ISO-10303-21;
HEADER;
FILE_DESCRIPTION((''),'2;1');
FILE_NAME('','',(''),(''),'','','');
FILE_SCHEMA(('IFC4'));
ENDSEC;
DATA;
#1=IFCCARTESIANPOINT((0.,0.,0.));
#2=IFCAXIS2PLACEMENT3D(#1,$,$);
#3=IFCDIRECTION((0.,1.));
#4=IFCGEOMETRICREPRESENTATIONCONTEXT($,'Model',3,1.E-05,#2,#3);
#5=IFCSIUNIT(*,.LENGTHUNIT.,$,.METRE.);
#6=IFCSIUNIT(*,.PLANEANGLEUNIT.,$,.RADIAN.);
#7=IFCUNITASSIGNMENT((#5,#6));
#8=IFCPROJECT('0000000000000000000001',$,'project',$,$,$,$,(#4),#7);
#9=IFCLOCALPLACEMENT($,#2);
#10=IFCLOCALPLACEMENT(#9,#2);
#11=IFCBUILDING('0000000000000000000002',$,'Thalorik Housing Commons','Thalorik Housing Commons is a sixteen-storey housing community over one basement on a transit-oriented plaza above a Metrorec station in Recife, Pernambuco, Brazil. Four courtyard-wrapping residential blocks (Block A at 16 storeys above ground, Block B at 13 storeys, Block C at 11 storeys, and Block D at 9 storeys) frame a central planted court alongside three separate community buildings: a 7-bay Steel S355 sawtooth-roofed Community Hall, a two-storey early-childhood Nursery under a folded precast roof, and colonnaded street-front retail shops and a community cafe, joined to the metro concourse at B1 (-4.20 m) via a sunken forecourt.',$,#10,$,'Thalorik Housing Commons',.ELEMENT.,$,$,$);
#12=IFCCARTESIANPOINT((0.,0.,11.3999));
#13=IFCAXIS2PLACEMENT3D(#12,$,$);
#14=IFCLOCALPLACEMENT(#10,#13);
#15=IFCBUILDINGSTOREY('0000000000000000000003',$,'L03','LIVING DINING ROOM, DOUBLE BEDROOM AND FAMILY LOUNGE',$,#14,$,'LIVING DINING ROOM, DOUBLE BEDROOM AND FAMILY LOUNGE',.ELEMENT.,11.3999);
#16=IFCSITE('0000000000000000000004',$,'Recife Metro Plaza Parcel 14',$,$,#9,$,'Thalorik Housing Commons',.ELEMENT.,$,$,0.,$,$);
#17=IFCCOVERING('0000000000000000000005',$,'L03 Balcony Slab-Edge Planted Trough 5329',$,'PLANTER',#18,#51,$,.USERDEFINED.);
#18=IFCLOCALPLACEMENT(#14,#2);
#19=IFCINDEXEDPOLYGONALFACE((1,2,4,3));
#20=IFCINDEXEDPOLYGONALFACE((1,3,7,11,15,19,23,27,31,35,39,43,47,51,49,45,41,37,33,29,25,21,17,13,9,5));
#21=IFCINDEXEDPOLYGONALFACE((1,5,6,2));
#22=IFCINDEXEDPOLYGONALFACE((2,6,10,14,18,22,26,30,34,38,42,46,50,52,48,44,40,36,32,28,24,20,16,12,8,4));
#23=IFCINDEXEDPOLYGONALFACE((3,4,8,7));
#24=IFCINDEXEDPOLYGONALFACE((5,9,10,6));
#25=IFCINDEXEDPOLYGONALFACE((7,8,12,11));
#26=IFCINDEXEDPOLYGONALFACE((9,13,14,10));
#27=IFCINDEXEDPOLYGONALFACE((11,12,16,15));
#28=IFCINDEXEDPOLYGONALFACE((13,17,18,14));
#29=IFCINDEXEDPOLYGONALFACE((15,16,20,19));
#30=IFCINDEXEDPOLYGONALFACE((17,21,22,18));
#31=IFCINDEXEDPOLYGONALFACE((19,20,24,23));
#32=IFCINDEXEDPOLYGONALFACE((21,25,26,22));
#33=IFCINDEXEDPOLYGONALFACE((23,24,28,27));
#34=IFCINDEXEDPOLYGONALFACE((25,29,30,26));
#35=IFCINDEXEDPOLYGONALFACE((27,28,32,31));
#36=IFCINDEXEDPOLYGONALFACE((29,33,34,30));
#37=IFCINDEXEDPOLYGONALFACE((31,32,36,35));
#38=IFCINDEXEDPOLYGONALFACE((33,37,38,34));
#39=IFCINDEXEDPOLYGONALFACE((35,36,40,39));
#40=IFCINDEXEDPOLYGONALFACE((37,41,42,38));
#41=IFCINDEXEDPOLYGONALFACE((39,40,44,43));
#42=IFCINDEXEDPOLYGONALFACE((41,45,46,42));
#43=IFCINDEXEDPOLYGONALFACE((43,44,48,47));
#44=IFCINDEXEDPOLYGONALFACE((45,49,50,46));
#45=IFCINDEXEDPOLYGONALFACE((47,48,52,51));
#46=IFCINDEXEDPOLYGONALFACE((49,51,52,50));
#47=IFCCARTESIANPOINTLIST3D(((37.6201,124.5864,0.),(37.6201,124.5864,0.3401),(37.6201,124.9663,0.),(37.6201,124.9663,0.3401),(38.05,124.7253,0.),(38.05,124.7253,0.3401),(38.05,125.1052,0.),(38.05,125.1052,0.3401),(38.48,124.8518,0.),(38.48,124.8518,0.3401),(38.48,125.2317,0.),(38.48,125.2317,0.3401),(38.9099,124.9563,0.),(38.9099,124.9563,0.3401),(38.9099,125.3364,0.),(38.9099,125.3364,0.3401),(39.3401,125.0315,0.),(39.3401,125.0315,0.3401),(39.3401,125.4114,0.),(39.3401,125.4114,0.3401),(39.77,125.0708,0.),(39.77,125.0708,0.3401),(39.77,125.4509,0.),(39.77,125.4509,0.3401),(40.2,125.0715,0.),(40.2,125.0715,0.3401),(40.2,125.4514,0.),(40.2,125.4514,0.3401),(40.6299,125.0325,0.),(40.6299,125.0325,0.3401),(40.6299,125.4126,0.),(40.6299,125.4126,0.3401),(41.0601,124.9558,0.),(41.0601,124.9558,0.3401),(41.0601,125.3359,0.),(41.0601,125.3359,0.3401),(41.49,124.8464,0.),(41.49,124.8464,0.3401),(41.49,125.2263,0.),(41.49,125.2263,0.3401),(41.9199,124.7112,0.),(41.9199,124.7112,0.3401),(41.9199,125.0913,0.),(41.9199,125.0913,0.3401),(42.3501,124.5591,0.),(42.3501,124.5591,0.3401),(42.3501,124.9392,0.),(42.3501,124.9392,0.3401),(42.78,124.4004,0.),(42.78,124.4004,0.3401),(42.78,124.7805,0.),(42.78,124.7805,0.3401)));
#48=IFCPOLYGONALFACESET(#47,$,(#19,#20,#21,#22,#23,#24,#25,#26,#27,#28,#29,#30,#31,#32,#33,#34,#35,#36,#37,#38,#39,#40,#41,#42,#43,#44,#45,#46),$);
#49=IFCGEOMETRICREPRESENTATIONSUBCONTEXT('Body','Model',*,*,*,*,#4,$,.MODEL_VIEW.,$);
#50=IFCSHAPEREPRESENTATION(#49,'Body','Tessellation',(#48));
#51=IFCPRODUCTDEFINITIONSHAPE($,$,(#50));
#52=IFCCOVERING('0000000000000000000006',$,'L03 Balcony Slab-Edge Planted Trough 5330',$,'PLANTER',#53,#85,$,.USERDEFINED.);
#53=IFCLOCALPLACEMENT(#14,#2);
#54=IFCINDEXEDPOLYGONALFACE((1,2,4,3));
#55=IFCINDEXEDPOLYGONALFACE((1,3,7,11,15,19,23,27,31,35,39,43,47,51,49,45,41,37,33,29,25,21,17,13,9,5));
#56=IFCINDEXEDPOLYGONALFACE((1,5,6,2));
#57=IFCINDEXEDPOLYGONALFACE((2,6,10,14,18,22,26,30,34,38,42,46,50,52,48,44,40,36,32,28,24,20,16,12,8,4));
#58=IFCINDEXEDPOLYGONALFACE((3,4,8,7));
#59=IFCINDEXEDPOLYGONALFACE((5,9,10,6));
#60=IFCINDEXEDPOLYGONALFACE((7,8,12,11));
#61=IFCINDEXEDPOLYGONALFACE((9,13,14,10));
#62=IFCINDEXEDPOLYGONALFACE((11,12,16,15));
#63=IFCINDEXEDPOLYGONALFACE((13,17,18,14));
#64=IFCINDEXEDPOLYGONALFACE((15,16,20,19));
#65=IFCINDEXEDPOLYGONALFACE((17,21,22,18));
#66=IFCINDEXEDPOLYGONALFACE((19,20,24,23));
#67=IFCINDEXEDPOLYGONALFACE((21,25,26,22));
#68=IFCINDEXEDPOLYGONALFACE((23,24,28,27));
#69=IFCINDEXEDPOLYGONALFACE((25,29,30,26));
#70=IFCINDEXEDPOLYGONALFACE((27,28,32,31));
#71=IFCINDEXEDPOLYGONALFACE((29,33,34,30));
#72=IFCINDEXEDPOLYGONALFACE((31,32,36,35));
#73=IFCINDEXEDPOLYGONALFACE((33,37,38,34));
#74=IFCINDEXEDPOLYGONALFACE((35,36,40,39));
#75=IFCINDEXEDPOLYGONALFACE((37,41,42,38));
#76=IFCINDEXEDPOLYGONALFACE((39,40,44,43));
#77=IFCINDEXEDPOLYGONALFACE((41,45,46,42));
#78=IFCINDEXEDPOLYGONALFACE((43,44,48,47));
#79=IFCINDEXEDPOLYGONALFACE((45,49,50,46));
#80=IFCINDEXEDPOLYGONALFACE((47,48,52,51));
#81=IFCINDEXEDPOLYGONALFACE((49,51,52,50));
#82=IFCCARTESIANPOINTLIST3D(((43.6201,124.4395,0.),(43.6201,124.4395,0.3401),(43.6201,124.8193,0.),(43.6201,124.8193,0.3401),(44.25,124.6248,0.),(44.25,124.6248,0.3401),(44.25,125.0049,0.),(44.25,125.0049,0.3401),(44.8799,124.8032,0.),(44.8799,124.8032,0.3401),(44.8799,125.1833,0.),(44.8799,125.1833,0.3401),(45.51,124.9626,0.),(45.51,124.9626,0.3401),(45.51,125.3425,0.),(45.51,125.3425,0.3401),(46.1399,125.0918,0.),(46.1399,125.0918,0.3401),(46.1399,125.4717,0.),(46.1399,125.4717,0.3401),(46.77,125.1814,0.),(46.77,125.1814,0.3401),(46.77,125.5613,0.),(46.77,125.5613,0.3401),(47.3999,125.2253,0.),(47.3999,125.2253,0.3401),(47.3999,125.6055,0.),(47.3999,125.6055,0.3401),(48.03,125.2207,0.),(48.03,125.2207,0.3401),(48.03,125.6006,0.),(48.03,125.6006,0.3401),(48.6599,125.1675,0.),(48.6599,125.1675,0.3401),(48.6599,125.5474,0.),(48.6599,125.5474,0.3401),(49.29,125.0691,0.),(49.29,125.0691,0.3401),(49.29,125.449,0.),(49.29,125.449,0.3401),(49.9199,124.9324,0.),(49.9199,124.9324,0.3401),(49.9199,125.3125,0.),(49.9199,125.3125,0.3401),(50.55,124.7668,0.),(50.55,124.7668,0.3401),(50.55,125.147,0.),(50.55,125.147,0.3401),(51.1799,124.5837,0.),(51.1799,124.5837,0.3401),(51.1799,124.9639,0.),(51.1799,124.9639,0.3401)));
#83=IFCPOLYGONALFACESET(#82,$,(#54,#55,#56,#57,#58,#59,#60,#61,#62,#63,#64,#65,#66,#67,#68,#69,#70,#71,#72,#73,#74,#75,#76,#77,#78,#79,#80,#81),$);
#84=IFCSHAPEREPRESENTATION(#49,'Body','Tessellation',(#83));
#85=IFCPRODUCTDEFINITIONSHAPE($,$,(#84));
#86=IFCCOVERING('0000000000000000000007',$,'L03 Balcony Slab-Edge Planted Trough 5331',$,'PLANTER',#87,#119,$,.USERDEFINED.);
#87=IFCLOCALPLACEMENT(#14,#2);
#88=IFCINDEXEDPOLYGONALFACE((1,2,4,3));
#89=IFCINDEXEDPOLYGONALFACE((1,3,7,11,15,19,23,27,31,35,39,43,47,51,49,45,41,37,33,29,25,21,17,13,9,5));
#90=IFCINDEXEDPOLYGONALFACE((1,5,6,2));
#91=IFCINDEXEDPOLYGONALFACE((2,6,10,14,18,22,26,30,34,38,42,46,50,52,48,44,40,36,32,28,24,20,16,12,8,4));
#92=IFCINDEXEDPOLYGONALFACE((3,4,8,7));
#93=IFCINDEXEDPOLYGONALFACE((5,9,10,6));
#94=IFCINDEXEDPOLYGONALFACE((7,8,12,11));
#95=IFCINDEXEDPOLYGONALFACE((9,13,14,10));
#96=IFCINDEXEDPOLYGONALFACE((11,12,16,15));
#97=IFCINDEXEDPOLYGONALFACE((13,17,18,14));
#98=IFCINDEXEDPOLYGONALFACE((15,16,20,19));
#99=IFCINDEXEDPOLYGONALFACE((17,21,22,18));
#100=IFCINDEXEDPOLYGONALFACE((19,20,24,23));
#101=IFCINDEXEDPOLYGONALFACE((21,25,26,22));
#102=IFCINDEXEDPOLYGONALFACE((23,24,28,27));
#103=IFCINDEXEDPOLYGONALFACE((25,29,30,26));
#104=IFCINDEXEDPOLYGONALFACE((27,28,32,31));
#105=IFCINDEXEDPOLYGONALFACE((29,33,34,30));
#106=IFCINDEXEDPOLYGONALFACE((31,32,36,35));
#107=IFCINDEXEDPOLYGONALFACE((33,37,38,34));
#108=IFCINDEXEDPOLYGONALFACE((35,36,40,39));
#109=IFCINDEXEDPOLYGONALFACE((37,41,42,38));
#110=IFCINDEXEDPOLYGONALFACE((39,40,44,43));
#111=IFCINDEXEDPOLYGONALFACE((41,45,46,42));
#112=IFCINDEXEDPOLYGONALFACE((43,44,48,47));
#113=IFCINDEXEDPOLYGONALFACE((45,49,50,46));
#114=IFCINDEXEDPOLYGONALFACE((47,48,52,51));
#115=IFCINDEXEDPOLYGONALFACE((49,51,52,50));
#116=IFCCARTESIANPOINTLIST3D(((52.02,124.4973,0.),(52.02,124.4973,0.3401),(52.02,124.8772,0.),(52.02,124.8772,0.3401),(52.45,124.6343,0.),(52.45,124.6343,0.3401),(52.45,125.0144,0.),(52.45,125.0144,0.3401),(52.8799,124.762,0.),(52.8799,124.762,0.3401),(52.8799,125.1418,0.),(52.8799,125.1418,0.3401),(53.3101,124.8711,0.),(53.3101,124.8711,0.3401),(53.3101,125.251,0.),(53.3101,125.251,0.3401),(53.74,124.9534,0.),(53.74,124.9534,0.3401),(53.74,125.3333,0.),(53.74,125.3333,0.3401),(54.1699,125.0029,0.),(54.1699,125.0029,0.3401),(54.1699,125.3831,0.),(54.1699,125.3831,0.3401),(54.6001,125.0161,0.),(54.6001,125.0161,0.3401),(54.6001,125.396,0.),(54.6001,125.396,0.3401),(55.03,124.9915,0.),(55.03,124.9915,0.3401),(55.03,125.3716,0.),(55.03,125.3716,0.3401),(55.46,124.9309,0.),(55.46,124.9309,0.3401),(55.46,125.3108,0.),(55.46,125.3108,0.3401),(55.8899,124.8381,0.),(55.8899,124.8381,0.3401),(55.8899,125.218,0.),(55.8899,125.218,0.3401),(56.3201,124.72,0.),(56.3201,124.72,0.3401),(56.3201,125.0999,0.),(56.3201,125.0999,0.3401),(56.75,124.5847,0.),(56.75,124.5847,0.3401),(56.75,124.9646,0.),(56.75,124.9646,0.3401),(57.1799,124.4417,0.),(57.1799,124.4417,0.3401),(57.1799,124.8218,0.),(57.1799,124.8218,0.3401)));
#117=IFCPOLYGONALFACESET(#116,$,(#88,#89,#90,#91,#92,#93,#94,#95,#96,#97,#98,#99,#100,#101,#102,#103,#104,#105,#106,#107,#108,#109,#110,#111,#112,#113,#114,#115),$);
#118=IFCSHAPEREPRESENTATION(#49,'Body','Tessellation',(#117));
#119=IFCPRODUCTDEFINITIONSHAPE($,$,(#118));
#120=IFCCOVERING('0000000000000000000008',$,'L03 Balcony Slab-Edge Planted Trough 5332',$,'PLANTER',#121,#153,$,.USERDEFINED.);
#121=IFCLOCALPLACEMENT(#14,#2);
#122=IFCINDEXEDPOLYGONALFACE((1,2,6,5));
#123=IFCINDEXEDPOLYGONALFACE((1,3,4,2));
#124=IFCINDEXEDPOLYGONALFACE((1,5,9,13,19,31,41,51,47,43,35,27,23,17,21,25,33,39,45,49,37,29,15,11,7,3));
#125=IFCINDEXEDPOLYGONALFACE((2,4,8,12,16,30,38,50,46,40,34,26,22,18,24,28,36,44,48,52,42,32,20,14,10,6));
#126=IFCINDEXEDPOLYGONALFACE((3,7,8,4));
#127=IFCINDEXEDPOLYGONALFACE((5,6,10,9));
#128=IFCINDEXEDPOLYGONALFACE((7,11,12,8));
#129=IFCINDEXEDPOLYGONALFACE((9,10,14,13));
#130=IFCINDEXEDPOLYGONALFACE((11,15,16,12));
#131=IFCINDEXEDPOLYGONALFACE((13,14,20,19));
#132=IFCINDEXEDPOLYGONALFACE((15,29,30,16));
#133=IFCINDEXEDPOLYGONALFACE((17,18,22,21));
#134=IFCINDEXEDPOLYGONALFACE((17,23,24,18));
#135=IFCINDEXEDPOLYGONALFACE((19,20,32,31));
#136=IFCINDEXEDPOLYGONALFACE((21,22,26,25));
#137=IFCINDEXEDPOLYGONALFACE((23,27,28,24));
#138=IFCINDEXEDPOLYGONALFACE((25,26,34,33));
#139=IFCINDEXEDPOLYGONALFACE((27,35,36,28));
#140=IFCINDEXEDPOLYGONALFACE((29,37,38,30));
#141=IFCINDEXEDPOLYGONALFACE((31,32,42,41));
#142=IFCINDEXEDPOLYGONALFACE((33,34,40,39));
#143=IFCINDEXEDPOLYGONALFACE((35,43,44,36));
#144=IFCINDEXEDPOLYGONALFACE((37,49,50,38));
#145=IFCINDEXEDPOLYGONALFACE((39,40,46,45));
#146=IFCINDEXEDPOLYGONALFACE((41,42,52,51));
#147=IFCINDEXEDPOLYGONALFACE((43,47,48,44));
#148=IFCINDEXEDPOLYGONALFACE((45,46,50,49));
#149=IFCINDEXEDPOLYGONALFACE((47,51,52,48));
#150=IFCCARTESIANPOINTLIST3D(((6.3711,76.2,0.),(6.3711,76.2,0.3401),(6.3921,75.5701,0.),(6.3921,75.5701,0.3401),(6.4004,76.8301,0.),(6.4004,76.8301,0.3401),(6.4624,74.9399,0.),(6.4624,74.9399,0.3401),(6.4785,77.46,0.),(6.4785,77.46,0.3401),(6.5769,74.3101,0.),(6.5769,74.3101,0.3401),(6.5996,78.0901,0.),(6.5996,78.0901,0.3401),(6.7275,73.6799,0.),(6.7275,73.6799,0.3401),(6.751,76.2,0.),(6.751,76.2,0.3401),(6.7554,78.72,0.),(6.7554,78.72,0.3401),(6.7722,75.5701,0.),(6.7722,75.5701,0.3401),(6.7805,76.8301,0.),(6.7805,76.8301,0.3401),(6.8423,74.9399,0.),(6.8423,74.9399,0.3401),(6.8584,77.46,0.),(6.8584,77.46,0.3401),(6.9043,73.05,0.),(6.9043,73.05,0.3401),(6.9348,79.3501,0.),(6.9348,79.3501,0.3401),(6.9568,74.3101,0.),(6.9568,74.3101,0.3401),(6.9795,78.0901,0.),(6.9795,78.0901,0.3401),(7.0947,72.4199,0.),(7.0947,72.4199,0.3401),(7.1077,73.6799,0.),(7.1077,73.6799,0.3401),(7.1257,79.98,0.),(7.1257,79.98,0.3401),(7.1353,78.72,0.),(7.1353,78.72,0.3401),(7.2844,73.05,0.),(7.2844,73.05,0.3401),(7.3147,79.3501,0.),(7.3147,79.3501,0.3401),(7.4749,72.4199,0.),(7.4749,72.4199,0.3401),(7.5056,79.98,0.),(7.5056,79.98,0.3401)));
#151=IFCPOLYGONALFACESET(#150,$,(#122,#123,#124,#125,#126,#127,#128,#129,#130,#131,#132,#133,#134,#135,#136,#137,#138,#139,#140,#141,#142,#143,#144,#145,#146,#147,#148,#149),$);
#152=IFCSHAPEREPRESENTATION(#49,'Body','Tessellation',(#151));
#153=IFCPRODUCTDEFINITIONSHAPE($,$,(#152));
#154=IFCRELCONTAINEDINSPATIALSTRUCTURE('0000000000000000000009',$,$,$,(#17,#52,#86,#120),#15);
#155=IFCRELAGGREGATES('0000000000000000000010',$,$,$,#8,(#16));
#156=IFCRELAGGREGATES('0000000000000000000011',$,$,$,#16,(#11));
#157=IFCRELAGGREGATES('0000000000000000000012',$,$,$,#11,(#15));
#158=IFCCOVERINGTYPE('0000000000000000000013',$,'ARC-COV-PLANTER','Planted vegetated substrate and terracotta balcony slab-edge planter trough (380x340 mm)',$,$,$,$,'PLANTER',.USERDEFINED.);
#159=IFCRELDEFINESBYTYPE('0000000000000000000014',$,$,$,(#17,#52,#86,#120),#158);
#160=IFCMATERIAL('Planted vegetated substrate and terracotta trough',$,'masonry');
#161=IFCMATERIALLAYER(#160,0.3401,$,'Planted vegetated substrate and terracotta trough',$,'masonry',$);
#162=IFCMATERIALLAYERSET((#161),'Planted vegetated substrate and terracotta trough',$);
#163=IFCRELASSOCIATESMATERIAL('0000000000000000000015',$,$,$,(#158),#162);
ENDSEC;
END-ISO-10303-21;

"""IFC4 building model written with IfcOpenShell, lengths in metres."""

from ifc_helpers import new_model, si_unit, direction, frame, origin, place, context, subcontext, project, spatial, polyline, outline, extrude, material, layer, layer_set, type_object, element, save


model = new_model("IFC4")

# Units and contexts
model_context = context("Model", 3, precision=1e-05, world=origin(), true_north=direction((0.0, 1.0)))
body_context = subcontext(model_context, "Body", "Model", "MODEL_VIEW")
ifc_project = project(units=[si_unit("LENGTHUNIT", "METRE"), si_unit("PLANEANGLEUNIT", "RADIAN")], contexts=[model_context])

# Site, building, storey
site_placement = place(None, origin())
site = spatial("IfcSite", under=ifc_project, at=site_placement, Name="Recife Metro Plaza Parcel 14", LongName="Thalorik Housing Commons", CompositionType="ELEMENT", RefElevation=0.0)
building_placement = place(site_placement, origin())
building = spatial("IfcBuilding", under=site, at=building_placement, Name="Thalorik Housing Commons", Description="Thalorik Housing Commons is a sixteen-storey housing community over one basement on a transit-oriented plaza above a Metrorec station in Recife, Pernambuco, Brazil. Four courtyard-wrapping residential blocks (Block A at 16 storeys above ground, Block B at 13 storeys, Block C at 11 storeys, and Block D at 9 storeys) frame a central planted court alongside three separate community buildings: a 7-bay Steel S355 sawtooth-roofed Community Hall, a two-storey early-childhood Nursery under a folded precast roof, and colonnaded street-front retail shops and a community cafe, joined to the metro concourse at B1 (-4.20 m) via a sunken forecourt.", LongName="Thalorik Housing Commons", CompositionType="ELEMENT")
storey_placement = place(building_placement, frame((0.0, 0.0, 11.3999)))
storey = spatial("IfcBuildingStorey", under=building, at=storey_placement, Name="L03", Description="LIVING DINING ROOM, DOUBLE BEDROOM AND FAMILY LOUNGE", LongName="LIVING DINING ROOM, DOUBLE BEDROOM AND FAMILY LOUNGE", CompositionType="ELEMENT", Elevation=11.3999)

# Coverings
ifc_material = material(Name="Planted vegetated substrate and terracotta trough", Category="masonry")
ifc_layer = layer(ifc_material, 0.3401, Name="Planted vegetated substrate and terracotta trough", Category="masonry")
ifc_layer_set = layer_set([ifc_layer], Name="Planted vegetated substrate and terracotta trough")
covering_type = type_object("IfcCoveringType", Name="ARC-COV-PLANTER", Description="Planted vegetated substrate and terracotta balcony slab-edge planter trough (380x340 mm)", ElementType="PLANTER", PredefinedType="USERDEFINED", material=ifc_layer_set)
covering_1_placement = place(storey_placement, origin())
element("IfcCovering", 1, at=covering_1_placement, inside=storey, type_object=covering_type, Name="L03 Balcony Slab-Edge Planted Trough 5329", ObjectType="PLANTER", PredefinedType="USERDEFINED", context=body_context, shape_type="SweptSolid", body=[
    extrude(outline(polyline([(42.78, 124.7805), (42.3501, 124.9392), (41.9199, 125.0913), (41.49, 125.2263), (41.0601, 125.3359), (40.6299, 125.4126), (40.2, 125.4514), (39.77, 125.4509), (39.3401, 125.4114), (38.9099, 125.3364), (38.48, 125.2317), (38.05, 125.1052), (37.6201, 124.9663), (37.6201, 124.5864), (38.05, 124.7253), (38.48, 124.8518), (38.9099, 124.9563), (39.3401, 125.0315), (39.77, 125.0708), (40.2, 125.0715), (40.6299, 125.0325), (41.0601, 124.9558), (41.49, 124.8464), (41.9199, 124.7112), (42.3501, 124.5591), (42.78, 124.4004), (42.78, 124.7805)])), origin(), (0.0, 0.0, 1.0), 0.3401),
])
covering_2_placement = place(storey_placement, origin())
element("IfcCovering", 2, at=covering_2_placement, inside=storey, type_object=covering_type, Name="L03 Balcony Slab-Edge Planted Trough 5330", ObjectType="PLANTER", PredefinedType="USERDEFINED", context=body_context, shape_type="SweptSolid", body=[
    extrude(outline(polyline([(51.1799, 124.9639), (50.55, 125.147), (49.9199, 125.3125), (49.29, 125.449), (48.6599, 125.5474), (48.03, 125.6006), (47.3999, 125.6055), (46.77, 125.5613), (46.1399, 125.4717), (45.51, 125.3425), (44.8799, 125.1833), (44.25, 125.0049), (43.6201, 124.8193), (43.6201, 124.4395), (44.25, 124.6248), (44.8799, 124.8032), (45.51, 124.9626), (46.1399, 125.0918), (46.77, 125.1814), (47.3999, 125.2253), (48.03, 125.2207), (48.6599, 125.1675), (49.29, 125.0691), (49.9199, 124.9324), (50.55, 124.7668), (51.1799, 124.5837), (51.1799, 124.9639)])), origin(), (0.0, 0.0, 1.0), 0.3401),
])
covering_3_placement = place(storey_placement, origin())
element("IfcCovering", 3, at=covering_3_placement, inside=storey, type_object=covering_type, Name="L03 Balcony Slab-Edge Planted Trough 5331", ObjectType="PLANTER", PredefinedType="USERDEFINED", context=body_context, shape_type="SweptSolid", body=[
    extrude(outline(polyline([(57.1799, 124.8218), (56.75, 124.9646), (56.3201, 125.0999), (55.8899, 125.218), (55.46, 125.3108), (55.03, 125.3716), (54.6001, 125.396), (54.1699, 125.3831), (53.74, 125.3333), (53.3101, 125.251), (52.8799, 125.1418), (52.45, 125.0144), (52.02, 124.8772), (52.02, 124.4973), (52.45, 124.6343), (52.8799, 124.762), (53.3101, 124.8711), (53.74, 124.9534), (54.1699, 125.0029), (54.6001, 125.0161), (55.03, 124.9915), (55.46, 124.9309), (55.8899, 124.8381), (56.3201, 124.72), (56.75, 124.5847), (57.1799, 124.4417), (57.1799, 124.8218)])), origin(), (0.0, 0.0, 1.0), 0.3401),
])
covering_4_placement = place(storey_placement, origin())
element("IfcCovering", 4, at=covering_4_placement, inside=storey, type_object=covering_type, Name="L03 Balcony Slab-Edge Planted Trough 5332", ObjectType="PLANTER", PredefinedType="USERDEFINED", context=body_context, shape_type="SweptSolid", body=[
    extrude(outline(polyline([(7.1257, 79.98), (6.9348, 79.3501), (6.7554, 78.72), (6.5996, 78.0901), (6.4785, 77.46), (6.4004, 76.8301), (6.3711, 76.2), (6.3921, 75.5701), (6.4624, 74.9399), (6.5769, 74.3101), (6.7275, 73.6799), (6.9043, 73.05), (7.0947, 72.4199), (7.4749, 72.4199), (7.2844, 73.05), (7.1077, 73.6799), (6.9568, 74.3101), (6.8423, 74.9399), (6.7722, 75.5701), (6.751, 76.2), (6.7805, 76.8301), (6.8584, 77.46), (6.9795, 78.0901), (7.1353, 78.72), (7.3147, 79.3501), (7.5056, 79.98), (7.1257, 79.98)])), origin(), (0.0, 0.0, 1.0), 0.3401),
])

save(model, "model.ifc")
